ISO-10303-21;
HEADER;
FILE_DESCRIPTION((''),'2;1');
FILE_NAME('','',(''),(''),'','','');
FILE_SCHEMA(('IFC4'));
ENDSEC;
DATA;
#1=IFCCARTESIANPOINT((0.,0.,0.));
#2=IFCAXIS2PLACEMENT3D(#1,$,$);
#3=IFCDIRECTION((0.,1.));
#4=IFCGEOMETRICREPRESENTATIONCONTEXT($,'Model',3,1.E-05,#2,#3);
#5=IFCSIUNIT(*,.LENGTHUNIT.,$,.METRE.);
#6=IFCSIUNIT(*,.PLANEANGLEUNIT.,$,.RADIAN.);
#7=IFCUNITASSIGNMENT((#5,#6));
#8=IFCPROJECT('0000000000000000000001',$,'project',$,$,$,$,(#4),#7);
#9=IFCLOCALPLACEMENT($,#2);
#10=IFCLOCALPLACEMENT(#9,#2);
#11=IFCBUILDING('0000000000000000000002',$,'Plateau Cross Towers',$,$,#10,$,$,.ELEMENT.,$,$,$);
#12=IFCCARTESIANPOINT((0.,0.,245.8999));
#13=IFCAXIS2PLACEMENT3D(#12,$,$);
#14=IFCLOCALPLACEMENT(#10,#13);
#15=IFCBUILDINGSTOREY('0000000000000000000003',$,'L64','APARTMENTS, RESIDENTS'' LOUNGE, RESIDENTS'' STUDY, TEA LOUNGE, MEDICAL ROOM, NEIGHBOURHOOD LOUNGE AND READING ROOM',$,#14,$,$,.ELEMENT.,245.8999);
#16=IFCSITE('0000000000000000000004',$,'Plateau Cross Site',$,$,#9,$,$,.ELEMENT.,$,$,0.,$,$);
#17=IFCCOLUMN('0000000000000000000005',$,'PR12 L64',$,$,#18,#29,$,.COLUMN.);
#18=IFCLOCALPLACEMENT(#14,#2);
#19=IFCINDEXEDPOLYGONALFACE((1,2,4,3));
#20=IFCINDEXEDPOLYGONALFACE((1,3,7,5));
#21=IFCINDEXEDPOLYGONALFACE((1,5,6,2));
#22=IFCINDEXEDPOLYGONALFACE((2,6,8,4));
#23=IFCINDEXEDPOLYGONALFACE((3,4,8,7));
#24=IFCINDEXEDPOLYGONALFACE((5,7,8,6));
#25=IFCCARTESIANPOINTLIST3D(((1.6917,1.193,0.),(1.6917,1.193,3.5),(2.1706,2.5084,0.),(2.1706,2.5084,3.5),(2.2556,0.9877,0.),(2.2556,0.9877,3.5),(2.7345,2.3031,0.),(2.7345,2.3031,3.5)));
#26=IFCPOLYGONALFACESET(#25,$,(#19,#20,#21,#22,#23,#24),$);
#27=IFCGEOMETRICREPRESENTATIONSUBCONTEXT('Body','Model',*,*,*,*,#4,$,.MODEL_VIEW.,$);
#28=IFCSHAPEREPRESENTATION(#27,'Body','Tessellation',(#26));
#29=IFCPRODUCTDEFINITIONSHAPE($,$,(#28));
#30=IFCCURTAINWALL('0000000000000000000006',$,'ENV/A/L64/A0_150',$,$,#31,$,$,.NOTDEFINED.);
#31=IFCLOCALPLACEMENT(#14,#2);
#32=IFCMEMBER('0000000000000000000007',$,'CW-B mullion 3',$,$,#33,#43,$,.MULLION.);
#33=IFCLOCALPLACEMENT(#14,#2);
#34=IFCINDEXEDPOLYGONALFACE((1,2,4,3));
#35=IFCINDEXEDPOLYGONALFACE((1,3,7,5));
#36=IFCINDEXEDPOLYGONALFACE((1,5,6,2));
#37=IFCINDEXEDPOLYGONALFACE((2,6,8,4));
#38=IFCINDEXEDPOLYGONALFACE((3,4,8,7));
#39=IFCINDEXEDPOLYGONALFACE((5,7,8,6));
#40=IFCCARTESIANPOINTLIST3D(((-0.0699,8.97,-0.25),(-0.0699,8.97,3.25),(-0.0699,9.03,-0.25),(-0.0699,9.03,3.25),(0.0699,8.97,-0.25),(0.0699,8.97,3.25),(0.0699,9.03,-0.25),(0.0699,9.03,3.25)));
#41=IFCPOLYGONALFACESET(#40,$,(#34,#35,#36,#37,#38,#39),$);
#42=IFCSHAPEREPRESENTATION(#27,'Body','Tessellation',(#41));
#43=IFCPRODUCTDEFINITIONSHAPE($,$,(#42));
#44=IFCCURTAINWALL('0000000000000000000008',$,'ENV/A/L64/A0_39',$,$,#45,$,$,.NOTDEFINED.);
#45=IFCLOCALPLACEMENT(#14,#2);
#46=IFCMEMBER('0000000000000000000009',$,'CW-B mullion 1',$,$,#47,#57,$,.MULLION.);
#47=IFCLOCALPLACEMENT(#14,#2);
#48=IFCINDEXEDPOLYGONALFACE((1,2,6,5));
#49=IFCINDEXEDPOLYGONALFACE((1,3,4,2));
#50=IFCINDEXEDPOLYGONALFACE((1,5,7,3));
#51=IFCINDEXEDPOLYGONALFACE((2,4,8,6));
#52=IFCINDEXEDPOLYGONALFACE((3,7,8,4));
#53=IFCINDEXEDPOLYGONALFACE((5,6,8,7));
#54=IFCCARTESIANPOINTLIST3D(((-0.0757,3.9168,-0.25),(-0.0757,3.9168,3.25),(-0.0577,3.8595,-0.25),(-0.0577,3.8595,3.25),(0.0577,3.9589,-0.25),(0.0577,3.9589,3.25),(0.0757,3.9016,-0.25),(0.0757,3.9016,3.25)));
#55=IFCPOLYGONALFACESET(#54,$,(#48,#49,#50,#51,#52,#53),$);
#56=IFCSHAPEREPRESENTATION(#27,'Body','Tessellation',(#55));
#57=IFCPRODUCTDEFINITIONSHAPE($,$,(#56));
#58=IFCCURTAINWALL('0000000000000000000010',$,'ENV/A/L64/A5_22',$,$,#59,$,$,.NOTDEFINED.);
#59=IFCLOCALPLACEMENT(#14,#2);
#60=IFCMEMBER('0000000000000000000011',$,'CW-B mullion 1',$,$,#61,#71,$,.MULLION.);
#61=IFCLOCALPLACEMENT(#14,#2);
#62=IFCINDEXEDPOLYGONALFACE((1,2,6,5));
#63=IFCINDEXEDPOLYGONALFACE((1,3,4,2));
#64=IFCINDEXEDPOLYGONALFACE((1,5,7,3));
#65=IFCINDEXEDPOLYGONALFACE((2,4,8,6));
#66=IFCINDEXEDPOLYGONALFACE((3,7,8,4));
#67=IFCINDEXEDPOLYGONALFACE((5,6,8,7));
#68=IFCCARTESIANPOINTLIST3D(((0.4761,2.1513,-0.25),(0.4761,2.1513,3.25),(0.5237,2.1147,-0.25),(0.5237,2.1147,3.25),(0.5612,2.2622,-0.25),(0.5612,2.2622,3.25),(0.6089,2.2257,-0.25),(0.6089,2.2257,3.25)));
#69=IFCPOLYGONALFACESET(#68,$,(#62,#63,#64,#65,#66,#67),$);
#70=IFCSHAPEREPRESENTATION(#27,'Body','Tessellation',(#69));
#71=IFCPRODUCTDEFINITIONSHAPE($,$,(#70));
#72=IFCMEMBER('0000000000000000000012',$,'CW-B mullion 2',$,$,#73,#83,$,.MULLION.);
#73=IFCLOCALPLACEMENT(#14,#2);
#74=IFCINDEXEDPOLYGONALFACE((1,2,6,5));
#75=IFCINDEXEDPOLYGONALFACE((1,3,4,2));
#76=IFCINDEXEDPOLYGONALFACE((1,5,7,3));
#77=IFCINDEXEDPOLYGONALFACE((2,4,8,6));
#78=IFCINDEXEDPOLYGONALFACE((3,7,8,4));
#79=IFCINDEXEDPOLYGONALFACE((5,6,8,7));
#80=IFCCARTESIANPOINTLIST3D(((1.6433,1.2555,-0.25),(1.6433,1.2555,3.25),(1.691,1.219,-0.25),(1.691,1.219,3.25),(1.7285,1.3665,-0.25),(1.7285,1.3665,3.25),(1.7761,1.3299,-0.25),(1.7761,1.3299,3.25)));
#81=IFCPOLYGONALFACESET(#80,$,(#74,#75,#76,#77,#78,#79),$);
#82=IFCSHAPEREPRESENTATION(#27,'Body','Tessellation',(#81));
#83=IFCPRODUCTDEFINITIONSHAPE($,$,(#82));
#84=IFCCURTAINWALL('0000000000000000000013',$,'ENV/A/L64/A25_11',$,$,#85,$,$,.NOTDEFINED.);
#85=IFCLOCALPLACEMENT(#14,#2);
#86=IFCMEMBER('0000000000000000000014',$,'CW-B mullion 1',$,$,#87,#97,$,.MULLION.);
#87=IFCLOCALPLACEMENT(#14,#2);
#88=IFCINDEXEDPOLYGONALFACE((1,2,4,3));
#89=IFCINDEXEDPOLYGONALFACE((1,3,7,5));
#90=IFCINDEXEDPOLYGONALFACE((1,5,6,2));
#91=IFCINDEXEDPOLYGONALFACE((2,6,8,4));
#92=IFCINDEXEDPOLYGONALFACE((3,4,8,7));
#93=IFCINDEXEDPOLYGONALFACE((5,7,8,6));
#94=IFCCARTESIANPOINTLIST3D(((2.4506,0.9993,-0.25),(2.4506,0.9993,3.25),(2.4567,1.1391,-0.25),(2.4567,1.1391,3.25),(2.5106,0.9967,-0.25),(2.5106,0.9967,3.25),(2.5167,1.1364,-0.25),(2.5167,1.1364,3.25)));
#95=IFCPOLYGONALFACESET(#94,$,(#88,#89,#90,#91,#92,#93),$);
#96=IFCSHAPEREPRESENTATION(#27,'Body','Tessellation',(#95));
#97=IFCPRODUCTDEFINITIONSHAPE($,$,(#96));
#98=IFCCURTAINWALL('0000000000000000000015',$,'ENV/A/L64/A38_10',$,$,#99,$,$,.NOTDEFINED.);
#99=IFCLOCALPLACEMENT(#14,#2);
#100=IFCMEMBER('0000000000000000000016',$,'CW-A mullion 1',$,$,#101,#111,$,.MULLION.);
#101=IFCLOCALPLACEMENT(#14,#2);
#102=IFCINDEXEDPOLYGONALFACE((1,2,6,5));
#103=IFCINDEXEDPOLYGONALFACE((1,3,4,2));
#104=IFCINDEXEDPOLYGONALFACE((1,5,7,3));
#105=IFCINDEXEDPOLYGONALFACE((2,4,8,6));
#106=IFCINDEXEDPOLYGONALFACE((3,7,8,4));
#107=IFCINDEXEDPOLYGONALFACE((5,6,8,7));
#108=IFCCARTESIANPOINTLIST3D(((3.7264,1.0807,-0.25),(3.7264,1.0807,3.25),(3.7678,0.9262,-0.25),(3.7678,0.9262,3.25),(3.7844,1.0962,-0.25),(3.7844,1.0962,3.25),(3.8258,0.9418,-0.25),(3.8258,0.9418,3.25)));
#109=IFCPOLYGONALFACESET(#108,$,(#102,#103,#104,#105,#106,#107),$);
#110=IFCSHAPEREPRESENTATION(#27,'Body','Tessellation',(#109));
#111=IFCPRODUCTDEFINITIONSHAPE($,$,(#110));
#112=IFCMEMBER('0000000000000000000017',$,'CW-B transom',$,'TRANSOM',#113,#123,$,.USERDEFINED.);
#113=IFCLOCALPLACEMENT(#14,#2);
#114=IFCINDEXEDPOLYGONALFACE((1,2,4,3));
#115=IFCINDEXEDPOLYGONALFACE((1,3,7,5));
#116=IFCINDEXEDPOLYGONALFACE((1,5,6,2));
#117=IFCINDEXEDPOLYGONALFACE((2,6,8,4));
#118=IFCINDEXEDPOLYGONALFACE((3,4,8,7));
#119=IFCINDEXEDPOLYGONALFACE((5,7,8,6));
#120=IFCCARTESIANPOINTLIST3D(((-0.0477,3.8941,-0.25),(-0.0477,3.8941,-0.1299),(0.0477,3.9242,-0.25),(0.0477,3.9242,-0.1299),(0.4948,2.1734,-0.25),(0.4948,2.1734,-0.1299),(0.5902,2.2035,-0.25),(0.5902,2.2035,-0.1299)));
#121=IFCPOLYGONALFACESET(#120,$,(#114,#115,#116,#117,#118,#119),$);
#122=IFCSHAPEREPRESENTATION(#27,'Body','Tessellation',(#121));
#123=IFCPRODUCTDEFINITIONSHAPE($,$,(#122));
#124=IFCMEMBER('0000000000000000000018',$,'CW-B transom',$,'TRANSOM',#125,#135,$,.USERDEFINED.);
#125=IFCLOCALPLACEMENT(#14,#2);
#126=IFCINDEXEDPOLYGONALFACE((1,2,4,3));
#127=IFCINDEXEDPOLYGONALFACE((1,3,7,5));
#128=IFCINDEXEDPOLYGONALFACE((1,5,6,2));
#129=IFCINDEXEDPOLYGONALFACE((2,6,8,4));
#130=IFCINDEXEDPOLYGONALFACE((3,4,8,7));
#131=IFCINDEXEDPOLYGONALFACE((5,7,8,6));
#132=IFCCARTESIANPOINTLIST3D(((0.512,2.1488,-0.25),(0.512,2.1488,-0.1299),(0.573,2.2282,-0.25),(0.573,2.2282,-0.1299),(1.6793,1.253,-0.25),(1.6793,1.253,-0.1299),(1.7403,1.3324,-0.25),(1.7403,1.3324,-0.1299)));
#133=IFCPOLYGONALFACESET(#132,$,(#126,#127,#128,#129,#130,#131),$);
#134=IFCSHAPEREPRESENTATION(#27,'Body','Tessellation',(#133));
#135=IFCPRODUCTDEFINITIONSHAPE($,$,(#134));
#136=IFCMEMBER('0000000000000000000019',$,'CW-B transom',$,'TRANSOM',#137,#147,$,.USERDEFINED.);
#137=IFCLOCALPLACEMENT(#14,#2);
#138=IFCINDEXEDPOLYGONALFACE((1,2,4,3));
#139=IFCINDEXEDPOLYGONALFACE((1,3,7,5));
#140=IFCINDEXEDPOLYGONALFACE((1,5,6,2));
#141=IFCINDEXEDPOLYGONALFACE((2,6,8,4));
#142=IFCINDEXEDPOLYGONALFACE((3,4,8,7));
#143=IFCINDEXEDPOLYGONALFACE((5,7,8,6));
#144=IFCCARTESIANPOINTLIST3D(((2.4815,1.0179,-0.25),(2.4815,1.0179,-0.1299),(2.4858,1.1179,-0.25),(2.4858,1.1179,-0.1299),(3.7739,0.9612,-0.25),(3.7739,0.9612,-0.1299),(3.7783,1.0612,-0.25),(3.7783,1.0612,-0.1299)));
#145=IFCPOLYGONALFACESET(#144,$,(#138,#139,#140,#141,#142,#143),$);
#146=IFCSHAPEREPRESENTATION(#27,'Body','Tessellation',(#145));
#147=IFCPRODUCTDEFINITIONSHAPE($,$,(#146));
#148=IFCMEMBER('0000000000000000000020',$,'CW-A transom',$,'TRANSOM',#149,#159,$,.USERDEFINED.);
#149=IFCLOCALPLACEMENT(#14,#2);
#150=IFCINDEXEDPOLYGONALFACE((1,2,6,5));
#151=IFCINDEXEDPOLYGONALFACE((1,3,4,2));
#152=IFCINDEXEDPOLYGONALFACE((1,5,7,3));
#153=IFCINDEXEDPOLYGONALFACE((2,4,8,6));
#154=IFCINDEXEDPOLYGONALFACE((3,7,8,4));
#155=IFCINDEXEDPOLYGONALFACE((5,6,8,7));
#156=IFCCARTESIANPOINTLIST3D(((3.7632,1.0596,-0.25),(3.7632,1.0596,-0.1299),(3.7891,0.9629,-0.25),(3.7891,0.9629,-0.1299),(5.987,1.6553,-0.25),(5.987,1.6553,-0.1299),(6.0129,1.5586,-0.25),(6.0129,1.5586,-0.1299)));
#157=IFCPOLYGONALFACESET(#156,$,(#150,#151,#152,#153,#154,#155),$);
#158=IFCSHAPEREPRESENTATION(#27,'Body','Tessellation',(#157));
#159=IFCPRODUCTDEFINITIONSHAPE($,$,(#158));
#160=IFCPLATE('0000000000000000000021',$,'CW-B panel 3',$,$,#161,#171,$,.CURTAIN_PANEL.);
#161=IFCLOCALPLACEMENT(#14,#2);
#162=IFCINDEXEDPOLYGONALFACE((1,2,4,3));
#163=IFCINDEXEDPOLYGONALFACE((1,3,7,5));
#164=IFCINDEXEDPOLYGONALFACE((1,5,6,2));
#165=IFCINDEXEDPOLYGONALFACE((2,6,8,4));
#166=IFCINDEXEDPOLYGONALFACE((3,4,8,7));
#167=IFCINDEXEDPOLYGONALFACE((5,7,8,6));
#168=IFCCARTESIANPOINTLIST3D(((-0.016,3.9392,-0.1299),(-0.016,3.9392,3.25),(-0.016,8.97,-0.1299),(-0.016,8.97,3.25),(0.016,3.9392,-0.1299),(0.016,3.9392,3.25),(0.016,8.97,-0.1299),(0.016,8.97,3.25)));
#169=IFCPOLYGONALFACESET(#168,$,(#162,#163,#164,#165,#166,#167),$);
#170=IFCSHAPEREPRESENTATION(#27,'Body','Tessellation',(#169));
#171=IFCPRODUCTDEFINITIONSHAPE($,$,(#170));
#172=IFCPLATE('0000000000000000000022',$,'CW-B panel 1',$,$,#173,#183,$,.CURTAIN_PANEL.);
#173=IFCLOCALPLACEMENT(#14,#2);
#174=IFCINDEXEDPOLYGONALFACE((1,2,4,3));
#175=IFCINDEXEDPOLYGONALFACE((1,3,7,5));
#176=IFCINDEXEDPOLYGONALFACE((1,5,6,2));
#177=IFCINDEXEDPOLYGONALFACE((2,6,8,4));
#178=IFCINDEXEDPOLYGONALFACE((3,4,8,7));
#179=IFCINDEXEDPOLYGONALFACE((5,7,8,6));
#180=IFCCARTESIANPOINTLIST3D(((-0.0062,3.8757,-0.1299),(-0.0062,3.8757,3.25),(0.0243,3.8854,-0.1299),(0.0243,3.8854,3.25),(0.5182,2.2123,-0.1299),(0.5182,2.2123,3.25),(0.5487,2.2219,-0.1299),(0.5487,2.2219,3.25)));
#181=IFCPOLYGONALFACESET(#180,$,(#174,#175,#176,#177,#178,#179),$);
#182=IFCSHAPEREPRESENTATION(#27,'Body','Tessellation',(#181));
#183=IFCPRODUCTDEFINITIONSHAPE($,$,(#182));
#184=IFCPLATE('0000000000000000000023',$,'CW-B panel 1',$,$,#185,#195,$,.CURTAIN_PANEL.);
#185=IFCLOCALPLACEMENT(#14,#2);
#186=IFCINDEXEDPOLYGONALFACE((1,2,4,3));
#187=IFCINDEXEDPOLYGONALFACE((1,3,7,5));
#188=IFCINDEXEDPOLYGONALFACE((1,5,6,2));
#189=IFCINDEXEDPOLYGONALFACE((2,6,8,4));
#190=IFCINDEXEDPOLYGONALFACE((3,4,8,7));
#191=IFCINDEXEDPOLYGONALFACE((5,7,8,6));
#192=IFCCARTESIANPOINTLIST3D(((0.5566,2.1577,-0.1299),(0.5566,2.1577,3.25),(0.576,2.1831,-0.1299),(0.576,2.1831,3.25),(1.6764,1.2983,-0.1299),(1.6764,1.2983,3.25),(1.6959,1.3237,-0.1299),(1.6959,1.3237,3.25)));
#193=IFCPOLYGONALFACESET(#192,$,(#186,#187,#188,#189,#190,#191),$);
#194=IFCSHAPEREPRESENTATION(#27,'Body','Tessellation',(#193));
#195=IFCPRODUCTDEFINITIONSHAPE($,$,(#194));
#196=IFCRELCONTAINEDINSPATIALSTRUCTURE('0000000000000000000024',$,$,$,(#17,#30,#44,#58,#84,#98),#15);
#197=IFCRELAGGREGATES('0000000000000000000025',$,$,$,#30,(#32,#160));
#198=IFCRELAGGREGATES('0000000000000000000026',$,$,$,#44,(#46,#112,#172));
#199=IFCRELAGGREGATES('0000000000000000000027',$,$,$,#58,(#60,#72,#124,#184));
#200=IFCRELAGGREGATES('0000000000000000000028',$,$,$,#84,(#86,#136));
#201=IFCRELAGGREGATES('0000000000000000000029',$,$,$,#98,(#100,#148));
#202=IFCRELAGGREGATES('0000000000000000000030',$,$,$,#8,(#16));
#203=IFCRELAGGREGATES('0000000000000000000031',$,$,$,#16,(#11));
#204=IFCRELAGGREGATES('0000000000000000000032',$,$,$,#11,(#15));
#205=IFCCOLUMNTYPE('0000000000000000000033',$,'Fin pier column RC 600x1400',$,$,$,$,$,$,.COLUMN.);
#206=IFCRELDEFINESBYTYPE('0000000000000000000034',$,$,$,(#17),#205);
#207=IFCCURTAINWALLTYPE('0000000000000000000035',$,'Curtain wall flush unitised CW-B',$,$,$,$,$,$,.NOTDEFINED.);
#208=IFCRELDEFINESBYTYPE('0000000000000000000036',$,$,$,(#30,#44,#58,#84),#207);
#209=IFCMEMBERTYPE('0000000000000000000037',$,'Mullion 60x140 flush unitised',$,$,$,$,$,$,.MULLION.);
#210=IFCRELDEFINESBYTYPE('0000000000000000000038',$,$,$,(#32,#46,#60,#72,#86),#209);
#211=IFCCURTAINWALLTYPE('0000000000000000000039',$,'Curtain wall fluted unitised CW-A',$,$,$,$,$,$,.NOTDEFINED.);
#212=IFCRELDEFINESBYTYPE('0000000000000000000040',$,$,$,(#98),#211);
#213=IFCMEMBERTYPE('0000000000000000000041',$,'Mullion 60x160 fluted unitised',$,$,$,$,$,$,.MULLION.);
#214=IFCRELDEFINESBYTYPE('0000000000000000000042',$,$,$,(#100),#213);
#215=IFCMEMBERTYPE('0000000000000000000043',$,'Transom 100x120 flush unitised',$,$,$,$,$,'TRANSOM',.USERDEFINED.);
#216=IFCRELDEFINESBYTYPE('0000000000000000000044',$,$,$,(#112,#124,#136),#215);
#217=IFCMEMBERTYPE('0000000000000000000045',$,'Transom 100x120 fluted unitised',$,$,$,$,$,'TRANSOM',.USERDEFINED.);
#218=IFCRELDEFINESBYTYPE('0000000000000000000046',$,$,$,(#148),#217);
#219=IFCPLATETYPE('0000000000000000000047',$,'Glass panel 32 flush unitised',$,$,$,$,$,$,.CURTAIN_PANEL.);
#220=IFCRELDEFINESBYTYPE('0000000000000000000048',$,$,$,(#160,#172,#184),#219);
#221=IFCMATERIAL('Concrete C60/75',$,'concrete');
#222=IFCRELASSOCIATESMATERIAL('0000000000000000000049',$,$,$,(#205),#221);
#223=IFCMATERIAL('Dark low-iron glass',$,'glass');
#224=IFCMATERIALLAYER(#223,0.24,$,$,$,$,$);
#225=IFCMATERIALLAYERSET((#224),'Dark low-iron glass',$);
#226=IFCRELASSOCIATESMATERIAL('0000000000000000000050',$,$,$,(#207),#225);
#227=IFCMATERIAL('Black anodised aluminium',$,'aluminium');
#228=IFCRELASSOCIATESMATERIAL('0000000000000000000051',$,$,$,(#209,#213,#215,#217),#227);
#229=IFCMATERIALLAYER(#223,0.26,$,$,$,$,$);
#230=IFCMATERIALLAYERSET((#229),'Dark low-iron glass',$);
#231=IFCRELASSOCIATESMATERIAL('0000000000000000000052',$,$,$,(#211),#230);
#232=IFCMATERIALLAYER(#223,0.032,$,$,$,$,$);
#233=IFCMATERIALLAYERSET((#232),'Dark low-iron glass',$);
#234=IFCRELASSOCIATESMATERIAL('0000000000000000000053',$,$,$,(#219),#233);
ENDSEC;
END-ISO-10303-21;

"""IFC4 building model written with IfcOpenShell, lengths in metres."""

from ifc_helpers import new_model, si_unit, direction, frame, origin, origin_2d, place, context, subcontext, project, spatial, rectangle, extrude, material, layer, layer_set, material_profile, profile_set, type_object, element, aggregate, save


model = new_model("IFC4")

# Units and contexts
model_context = context("Model", 3, precision=1e-05, world=origin(), true_north=direction((0.0, 1.0)))
body_context = subcontext(model_context, "Body", "Model", "MODEL_VIEW")
ifc_project = project(units=[si_unit("LENGTHUNIT", "METRE"), si_unit("PLANEANGLEUNIT", "RADIAN")], contexts=[model_context])

# Site, building, storey
site_placement = place(None, origin())
site = spatial("IfcSite", under=ifc_project, at=site_placement, Name="Plateau Cross Site", CompositionType="ELEMENT", RefElevation=0.0)
building_placement = place(site_placement, origin())
building = spatial("IfcBuilding", under=site, at=building_placement, Name="Plateau Cross Towers", CompositionType="ELEMENT")
storey_placement = place(building_placement, frame((0.0, 0.0, 245.8999)))
storey = spatial("IfcBuildingStorey", under=building, at=storey_placement, Name="L64", Description="APARTMENTS, RESIDENTS' LOUNGE, RESIDENTS' STUDY, TEA LOUNGE, MEDICAL ROOM, NEIGHBOURHOOD LOUNGE AND READING ROOM", CompositionType="ELEMENT", Elevation=245.8999)

# Column
ifc_material_1 = material(Name="Concrete C60/75", Category="concrete")
ifc_material_profile_1 = material_profile(ifc_material_1, rectangle(XDim=0.6001, YDim=1.3999, at=origin_2d()), Name="RC 600x1400")
ifc_profile_set_1 = profile_set([ifc_material_profile_1], Name="Concrete C60/75")
column_type = type_object("IfcColumnType", Name="Fin pier column RC 600x1400", PredefinedType="COLUMN", material=ifc_profile_set_1)
column_placement = place(storey_placement, frame((2.2131, 1.748, 0.0), z_axis=(0.0, 0.0, 1.0), x_axis=(-0.939664, 0.342098, 0.0)))
element("IfcColumn", 1, at=column_placement, inside=storey, type_object=column_type, Name="PR12 L64", PredefinedType="COLUMN", context=body_context, shape_type="SweptSolid", body=[
    extrude(rectangle(XDim=0.6001, YDim=1.3999, at=origin_2d()), origin(), (0.0, 0.0, 1.0), 3.5),
])

# Curtain walls, members
ifc_material_2 = material(Name="Dark low-iron glass", Category="glass")
ifc_layer_1 = layer(ifc_material_2, 0.24)
ifc_layer_set_1 = layer_set([ifc_layer_1], Name="Dark low-iron glass")
curtain_wall_type_1 = type_object("IfcCurtainWallType", Name="Curtain wall flush unitised CW-B", PredefinedType="NOTDEFINED", material=ifc_layer_set_1)
curtain_wall_1_placement = place(storey_placement, origin())
curtain_wall_1 = element("IfcCurtainWall", 2, at=curtain_wall_1_placement, inside=storey, type_object=curtain_wall_type_1, Name="ENV/A/L64/A0_150", PredefinedType="NOTDEFINED")
ifc_material_3 = material(Name="Black anodised aluminium", Category="aluminium")
ifc_material_profile_2 = material_profile(ifc_material_3, rectangle(XDim=0.0601, YDim=0.1399, at=origin_2d()), Name="MULLION 60x140")
ifc_profile_set_2 = profile_set([ifc_material_profile_2], Name="Black anodised aluminium")
member_type_1 = type_object("IfcMemberType", Name="Mullion 60x140 flush unitised", PredefinedType="MULLION", material=ifc_profile_set_2)
member_1_placement = place(storey_placement, frame((0.0, 9.0, -0.25), z_axis=(0.0, 0.0, 1.0), x_axis=(0.0, -1.0, 0.0)))
member_1 = element("IfcMember", 3, at=member_1_placement, type_object=member_type_1, Name="CW-B mullion 3", PredefinedType="MULLION", context=body_context, shape_type="SweptSolid", body=[
    extrude(rectangle(XDim=0.0601, YDim=0.1399, at=origin_2d()), origin(), (0.0, 0.0, 1.0), 3.5),
])
curtain_wall_2_placement = place(storey_placement, origin())
curtain_wall_2 = element("IfcCurtainWall", 4, at=curtain_wall_2_placement, inside=storey, type_object=curtain_wall_type_1, Name="ENV/A/L64/A0_39", PredefinedType="NOTDEFINED")
member_2_placement = place(storey_placement, frame((0.0, 3.9092, -0.25), z_axis=(0.0, 0.0, 1.0), x_axis=(0.300686, -0.953723, 0.0)))
member_2 = element("IfcMember", 5, at=member_2_placement, type_object=member_type_1, Name="CW-B mullion 1", PredefinedType="MULLION", context=body_context, shape_type="SweptSolid", body=[
    extrude(rectangle(XDim=0.0601, YDim=0.1399, at=origin_2d()), origin(), (0.0, 0.0, 1.0), 3.5),
])

# Curtain wall, members
curtain_wall_3_placement = place(storey_placement, origin())
curtain_wall_3 = element("IfcCurtainWall", 6, at=curtain_wall_3_placement, inside=storey, type_object=curtain_wall_type_1, Name="ENV/A/L64/A5_22", PredefinedType="NOTDEFINED")
member_3_placement = place(storey_placement, frame((0.5425, 2.1885, -0.25), z_axis=(0.0, 0.0, 1.0), x_axis=(0.793316, -0.608811, 0.0)))
member_3 = element("IfcMember", 7, at=member_3_placement, type_object=member_type_1, Name="CW-B mullion 1", PredefinedType="MULLION", context=body_context, shape_type="SweptSolid", body=[
    extrude(rectangle(XDim=0.0601, YDim=0.1399, at=origin_2d()), origin(), (0.0, 0.0, 1.0), 3.5),
])
member_4_placement = place(storey_placement, frame((1.7097, 1.2927, -0.25), z_axis=(0.0, 0.0, 1.0), x_axis=(0.793316, -0.608811, 0.0)))
member_4 = element("IfcMember", 8, at=member_4_placement, type_object=member_type_1, Name="CW-B mullion 2", PredefinedType="MULLION", context=body_context, shape_type="SweptSolid", body=[
    extrude(rectangle(XDim=0.0601, YDim=0.1399, at=origin_2d()), origin(), (0.0, 0.0, 1.0), 3.5),
])

# Curtain walls, members
curtain_wall_4_placement = place(storey_placement, origin())
curtain_wall_4 = element("IfcCurtainWall", 9, at=curtain_wall_4_placement, inside=storey, type_object=curtain_wall_type_1, Name="ENV/A/L64/A25_11", PredefinedType="NOTDEFINED")
member_5_placement = place(storey_placement, frame((2.4836, 1.0679, -0.25), z_axis=(0.0, 0.0, 1.0), x_axis=(0.999044, -0.043723, 0.0)))
member_5 = element("IfcMember", 10, at=member_5_placement, type_object=member_type_1, Name="CW-B mullion 1", PredefinedType="MULLION", context=body_context, shape_type="SweptSolid", body=[
    extrude(rectangle(XDim=0.0601, YDim=0.1399, at=origin_2d()), origin(), (0.0, 0.0, 1.0), 3.5),
])
ifc_layer_2 = layer(ifc_material_2, 0.26)
ifc_layer_set_2 = layer_set([ifc_layer_2], Name="Dark low-iron glass")
curtain_wall_type_2 = type_object("IfcCurtainWallType", Name="Curtain wall fluted unitised CW-A", PredefinedType="NOTDEFINED", material=ifc_layer_set_2)
curtain_wall_5_placement = place(storey_placement, origin())
curtain_wall_5 = element("IfcCurtainWall", 11, at=curtain_wall_5_placement, inside=storey, type_object=curtain_wall_type_2, Name="ENV/A/L64/A38_10", PredefinedType="NOTDEFINED")
ifc_material_profile_3 = material_profile(ifc_material_3, rectangle(XDim=0.0601, YDim=0.1599, at=origin_2d()), Name="MULLION 60x160")
ifc_profile_set_3 = profile_set([ifc_material_profile_3], Name="Black anodised aluminium")
member_type_2 = type_object("IfcMemberType", Name="Mullion 60x160 fluted unitised", PredefinedType="MULLION", material=ifc_profile_set_3)
member_6_placement = place(storey_placement, frame((3.7761, 1.0112, -0.25), z_axis=(0.0, 0.0, 1.0), x_axis=(0.965958, 0.258699, 0.0)))
member_6 = element("IfcMember", 12, at=member_6_placement, type_object=member_type_2, Name="CW-A mullion 1", PredefinedType="MULLION", context=body_context, shape_type="SweptSolid", body=[
    extrude(rectangle(XDim=0.0601, YDim=0.1599, at=origin_2d()), origin(), (0.0, 0.0, 1.0), 3.5),
])

# Members
ifc_material_profile_4 = material_profile(ifc_material_3, rectangle(XDim=0.1001, YDim=0.1201, at=origin_2d()), Name="TRANSOM 100x120")
ifc_profile_set_4 = profile_set([ifc_material_profile_4], Name="Black anodised aluminium")
member_type_3 = type_object("IfcMemberType", Name="Transom 100x120 flush unitised", ElementType="TRANSOM", PredefinedType="USERDEFINED", material=ifc_profile_set_4)
member_7_placement = place(storey_placement, frame((0.0, 3.9092, -0.1899), z_axis=(0.300678, -0.953726, 0.0), x_axis=(0.953726, 0.300678, 0.0)))
member_7 = element("IfcMember", 13, at=member_7_placement, type_object=member_type_3, Name="CW-B transom", ObjectType="TRANSOM", PredefinedType="USERDEFINED", context=body_context, shape_type="SweptSolid", body=[
    extrude(rectangle(XDim=0.1001, YDim=0.1201, at=origin_2d()), origin(), (0.0, 0.0, 1.0), 1.8042),
])
member_8_placement = place(storey_placement, frame((0.5425, 2.1885, -0.1899), z_axis=(0.793321, -0.608804, 0.0), x_axis=(0.608804, 0.793321, 0.0)))
member_8 = element("IfcMember", 14, at=member_8_placement, type_object=member_type_3, Name="CW-B transom", ObjectType="TRANSOM", PredefinedType="USERDEFINED", context=body_context, shape_type="SweptSolid", body=[
    extrude(rectangle(XDim=0.1001, YDim=0.1201, at=origin_2d()), origin(), (0.0, 0.0, 1.0), 1.4714),
])
member_9_placement = place(storey_placement, frame((2.4836, 1.0679, -0.1899), z_axis=(0.999041, -0.043781, 0.0), x_axis=(0.043781, 0.999041, 0.0)))
member_9 = element("IfcMember", 15, at=member_9_placement, type_object=member_type_3, Name="CW-B transom", ObjectType="TRANSOM", PredefinedType="USERDEFINED", context=body_context, shape_type="SweptSolid", body=[
    extrude(rectangle(XDim=0.1001, YDim=0.1201, at=origin_2d()), origin(), (0.0, 0.0, 1.0), 1.2937),
])
ifc_material_profile_5 = material_profile(ifc_material_3, rectangle(XDim=0.1001, YDim=0.1201, at=origin_2d()), Name="TRANSOM 100x120")
ifc_profile_set_5 = profile_set([ifc_material_profile_5], Name="Black anodised aluminium")
member_type_4 = type_object("IfcMemberType", Name="Transom 100x120 fluted unitised", ElementType="TRANSOM", PredefinedType="USERDEFINED", material=ifc_profile_set_5)
member_10_placement = place(storey_placement, frame((3.7761, 1.0112, -0.1899), z_axis=(0.965946, 0.258745, 0.0), x_axis=(-0.258745, 0.965946, 0.0)))
member_10 = element("IfcMember", 16, at=member_10_placement, type_object=member_type_4, Name="CW-A transom", ObjectType="TRANSOM", PredefinedType="USERDEFINED", context=body_context, shape_type="SweptSolid", body=[
    extrude(rectangle(XDim=0.1001, YDim=0.1201, at=origin_2d()), origin(), (0.0, 0.0, 1.0), 2.3022),
])

# Plates
ifc_layer_3 = layer(ifc_material_2, 0.032)
ifc_layer_set_3 = layer_set([ifc_layer_3], Name="Dark low-iron glass")
plate_type_1 = type_object("IfcPlateType", Name="Glass panel 32 flush unitised", PredefinedType="CURTAIN_PANEL", material=ifc_layer_set_3)
plate_1_placement = place(storey_placement, frame((0.0, 6.4546, -0.1299), z_axis=(0.0, 0.0, 1.0), x_axis=(0.0, -1.0, 0.0)))
plate_1 = element("IfcPlate", 17, at=plate_1_placement, type_object=plate_type_1, Name="CW-B panel 3", PredefinedType="CURTAIN_PANEL", context=body_context, shape_type="SweptSolid", body=[
    extrude(rectangle(XDim=5.0308, YDim=0.032, at=origin_2d()), origin(), (0.0, 0.0, 1.0), 3.3799),
])
aggregate(curtain_wall_1, [member_1, plate_1])
plate_2_placement = place(storey_placement, frame((0.2712, 3.0488, -0.1299), z_axis=(0.0, 0.0, 1.0), x_axis=(0.300686, -0.953723, 0.0)))
plate_2 = element("IfcPlate", 18, at=plate_2_placement, type_object=plate_type_1, Name="CW-B panel 1", PredefinedType="CURTAIN_PANEL", context=body_context, shape_type="SweptSolid", body=[
    extrude(rectangle(XDim=1.7441, YDim=0.032, at=origin_2d()), origin(), (0.0, 0.0, 1.0), 3.3799),
])
aggregate(curtain_wall_2, [member_2, member_7, plate_2])
plate_3_placement = place(storey_placement, frame((1.1262, 1.7407, -0.1299), z_axis=(0.0, 0.0, 1.0), x_axis=(0.793316, -0.608811, 0.0)))
plate_3 = element("IfcPlate", 19, at=plate_3_placement, type_object=plate_type_1, Name="CW-B panel 1", PredefinedType="CURTAIN_PANEL", context=body_context, shape_type="SweptSolid", body=[
    extrude(rectangle(XDim=1.4116, YDim=0.032, at=origin_2d()), origin(), (0.0, 0.0, 1.0), 3.3799),
])
aggregate(curtain_wall_3, [member_3, member_4, member_8, plate_3])
aggregate(curtain_wall_4, [member_5, member_9])
aggregate(curtain_wall_5, [member_6, member_10])

save(model, "model.ifc")
